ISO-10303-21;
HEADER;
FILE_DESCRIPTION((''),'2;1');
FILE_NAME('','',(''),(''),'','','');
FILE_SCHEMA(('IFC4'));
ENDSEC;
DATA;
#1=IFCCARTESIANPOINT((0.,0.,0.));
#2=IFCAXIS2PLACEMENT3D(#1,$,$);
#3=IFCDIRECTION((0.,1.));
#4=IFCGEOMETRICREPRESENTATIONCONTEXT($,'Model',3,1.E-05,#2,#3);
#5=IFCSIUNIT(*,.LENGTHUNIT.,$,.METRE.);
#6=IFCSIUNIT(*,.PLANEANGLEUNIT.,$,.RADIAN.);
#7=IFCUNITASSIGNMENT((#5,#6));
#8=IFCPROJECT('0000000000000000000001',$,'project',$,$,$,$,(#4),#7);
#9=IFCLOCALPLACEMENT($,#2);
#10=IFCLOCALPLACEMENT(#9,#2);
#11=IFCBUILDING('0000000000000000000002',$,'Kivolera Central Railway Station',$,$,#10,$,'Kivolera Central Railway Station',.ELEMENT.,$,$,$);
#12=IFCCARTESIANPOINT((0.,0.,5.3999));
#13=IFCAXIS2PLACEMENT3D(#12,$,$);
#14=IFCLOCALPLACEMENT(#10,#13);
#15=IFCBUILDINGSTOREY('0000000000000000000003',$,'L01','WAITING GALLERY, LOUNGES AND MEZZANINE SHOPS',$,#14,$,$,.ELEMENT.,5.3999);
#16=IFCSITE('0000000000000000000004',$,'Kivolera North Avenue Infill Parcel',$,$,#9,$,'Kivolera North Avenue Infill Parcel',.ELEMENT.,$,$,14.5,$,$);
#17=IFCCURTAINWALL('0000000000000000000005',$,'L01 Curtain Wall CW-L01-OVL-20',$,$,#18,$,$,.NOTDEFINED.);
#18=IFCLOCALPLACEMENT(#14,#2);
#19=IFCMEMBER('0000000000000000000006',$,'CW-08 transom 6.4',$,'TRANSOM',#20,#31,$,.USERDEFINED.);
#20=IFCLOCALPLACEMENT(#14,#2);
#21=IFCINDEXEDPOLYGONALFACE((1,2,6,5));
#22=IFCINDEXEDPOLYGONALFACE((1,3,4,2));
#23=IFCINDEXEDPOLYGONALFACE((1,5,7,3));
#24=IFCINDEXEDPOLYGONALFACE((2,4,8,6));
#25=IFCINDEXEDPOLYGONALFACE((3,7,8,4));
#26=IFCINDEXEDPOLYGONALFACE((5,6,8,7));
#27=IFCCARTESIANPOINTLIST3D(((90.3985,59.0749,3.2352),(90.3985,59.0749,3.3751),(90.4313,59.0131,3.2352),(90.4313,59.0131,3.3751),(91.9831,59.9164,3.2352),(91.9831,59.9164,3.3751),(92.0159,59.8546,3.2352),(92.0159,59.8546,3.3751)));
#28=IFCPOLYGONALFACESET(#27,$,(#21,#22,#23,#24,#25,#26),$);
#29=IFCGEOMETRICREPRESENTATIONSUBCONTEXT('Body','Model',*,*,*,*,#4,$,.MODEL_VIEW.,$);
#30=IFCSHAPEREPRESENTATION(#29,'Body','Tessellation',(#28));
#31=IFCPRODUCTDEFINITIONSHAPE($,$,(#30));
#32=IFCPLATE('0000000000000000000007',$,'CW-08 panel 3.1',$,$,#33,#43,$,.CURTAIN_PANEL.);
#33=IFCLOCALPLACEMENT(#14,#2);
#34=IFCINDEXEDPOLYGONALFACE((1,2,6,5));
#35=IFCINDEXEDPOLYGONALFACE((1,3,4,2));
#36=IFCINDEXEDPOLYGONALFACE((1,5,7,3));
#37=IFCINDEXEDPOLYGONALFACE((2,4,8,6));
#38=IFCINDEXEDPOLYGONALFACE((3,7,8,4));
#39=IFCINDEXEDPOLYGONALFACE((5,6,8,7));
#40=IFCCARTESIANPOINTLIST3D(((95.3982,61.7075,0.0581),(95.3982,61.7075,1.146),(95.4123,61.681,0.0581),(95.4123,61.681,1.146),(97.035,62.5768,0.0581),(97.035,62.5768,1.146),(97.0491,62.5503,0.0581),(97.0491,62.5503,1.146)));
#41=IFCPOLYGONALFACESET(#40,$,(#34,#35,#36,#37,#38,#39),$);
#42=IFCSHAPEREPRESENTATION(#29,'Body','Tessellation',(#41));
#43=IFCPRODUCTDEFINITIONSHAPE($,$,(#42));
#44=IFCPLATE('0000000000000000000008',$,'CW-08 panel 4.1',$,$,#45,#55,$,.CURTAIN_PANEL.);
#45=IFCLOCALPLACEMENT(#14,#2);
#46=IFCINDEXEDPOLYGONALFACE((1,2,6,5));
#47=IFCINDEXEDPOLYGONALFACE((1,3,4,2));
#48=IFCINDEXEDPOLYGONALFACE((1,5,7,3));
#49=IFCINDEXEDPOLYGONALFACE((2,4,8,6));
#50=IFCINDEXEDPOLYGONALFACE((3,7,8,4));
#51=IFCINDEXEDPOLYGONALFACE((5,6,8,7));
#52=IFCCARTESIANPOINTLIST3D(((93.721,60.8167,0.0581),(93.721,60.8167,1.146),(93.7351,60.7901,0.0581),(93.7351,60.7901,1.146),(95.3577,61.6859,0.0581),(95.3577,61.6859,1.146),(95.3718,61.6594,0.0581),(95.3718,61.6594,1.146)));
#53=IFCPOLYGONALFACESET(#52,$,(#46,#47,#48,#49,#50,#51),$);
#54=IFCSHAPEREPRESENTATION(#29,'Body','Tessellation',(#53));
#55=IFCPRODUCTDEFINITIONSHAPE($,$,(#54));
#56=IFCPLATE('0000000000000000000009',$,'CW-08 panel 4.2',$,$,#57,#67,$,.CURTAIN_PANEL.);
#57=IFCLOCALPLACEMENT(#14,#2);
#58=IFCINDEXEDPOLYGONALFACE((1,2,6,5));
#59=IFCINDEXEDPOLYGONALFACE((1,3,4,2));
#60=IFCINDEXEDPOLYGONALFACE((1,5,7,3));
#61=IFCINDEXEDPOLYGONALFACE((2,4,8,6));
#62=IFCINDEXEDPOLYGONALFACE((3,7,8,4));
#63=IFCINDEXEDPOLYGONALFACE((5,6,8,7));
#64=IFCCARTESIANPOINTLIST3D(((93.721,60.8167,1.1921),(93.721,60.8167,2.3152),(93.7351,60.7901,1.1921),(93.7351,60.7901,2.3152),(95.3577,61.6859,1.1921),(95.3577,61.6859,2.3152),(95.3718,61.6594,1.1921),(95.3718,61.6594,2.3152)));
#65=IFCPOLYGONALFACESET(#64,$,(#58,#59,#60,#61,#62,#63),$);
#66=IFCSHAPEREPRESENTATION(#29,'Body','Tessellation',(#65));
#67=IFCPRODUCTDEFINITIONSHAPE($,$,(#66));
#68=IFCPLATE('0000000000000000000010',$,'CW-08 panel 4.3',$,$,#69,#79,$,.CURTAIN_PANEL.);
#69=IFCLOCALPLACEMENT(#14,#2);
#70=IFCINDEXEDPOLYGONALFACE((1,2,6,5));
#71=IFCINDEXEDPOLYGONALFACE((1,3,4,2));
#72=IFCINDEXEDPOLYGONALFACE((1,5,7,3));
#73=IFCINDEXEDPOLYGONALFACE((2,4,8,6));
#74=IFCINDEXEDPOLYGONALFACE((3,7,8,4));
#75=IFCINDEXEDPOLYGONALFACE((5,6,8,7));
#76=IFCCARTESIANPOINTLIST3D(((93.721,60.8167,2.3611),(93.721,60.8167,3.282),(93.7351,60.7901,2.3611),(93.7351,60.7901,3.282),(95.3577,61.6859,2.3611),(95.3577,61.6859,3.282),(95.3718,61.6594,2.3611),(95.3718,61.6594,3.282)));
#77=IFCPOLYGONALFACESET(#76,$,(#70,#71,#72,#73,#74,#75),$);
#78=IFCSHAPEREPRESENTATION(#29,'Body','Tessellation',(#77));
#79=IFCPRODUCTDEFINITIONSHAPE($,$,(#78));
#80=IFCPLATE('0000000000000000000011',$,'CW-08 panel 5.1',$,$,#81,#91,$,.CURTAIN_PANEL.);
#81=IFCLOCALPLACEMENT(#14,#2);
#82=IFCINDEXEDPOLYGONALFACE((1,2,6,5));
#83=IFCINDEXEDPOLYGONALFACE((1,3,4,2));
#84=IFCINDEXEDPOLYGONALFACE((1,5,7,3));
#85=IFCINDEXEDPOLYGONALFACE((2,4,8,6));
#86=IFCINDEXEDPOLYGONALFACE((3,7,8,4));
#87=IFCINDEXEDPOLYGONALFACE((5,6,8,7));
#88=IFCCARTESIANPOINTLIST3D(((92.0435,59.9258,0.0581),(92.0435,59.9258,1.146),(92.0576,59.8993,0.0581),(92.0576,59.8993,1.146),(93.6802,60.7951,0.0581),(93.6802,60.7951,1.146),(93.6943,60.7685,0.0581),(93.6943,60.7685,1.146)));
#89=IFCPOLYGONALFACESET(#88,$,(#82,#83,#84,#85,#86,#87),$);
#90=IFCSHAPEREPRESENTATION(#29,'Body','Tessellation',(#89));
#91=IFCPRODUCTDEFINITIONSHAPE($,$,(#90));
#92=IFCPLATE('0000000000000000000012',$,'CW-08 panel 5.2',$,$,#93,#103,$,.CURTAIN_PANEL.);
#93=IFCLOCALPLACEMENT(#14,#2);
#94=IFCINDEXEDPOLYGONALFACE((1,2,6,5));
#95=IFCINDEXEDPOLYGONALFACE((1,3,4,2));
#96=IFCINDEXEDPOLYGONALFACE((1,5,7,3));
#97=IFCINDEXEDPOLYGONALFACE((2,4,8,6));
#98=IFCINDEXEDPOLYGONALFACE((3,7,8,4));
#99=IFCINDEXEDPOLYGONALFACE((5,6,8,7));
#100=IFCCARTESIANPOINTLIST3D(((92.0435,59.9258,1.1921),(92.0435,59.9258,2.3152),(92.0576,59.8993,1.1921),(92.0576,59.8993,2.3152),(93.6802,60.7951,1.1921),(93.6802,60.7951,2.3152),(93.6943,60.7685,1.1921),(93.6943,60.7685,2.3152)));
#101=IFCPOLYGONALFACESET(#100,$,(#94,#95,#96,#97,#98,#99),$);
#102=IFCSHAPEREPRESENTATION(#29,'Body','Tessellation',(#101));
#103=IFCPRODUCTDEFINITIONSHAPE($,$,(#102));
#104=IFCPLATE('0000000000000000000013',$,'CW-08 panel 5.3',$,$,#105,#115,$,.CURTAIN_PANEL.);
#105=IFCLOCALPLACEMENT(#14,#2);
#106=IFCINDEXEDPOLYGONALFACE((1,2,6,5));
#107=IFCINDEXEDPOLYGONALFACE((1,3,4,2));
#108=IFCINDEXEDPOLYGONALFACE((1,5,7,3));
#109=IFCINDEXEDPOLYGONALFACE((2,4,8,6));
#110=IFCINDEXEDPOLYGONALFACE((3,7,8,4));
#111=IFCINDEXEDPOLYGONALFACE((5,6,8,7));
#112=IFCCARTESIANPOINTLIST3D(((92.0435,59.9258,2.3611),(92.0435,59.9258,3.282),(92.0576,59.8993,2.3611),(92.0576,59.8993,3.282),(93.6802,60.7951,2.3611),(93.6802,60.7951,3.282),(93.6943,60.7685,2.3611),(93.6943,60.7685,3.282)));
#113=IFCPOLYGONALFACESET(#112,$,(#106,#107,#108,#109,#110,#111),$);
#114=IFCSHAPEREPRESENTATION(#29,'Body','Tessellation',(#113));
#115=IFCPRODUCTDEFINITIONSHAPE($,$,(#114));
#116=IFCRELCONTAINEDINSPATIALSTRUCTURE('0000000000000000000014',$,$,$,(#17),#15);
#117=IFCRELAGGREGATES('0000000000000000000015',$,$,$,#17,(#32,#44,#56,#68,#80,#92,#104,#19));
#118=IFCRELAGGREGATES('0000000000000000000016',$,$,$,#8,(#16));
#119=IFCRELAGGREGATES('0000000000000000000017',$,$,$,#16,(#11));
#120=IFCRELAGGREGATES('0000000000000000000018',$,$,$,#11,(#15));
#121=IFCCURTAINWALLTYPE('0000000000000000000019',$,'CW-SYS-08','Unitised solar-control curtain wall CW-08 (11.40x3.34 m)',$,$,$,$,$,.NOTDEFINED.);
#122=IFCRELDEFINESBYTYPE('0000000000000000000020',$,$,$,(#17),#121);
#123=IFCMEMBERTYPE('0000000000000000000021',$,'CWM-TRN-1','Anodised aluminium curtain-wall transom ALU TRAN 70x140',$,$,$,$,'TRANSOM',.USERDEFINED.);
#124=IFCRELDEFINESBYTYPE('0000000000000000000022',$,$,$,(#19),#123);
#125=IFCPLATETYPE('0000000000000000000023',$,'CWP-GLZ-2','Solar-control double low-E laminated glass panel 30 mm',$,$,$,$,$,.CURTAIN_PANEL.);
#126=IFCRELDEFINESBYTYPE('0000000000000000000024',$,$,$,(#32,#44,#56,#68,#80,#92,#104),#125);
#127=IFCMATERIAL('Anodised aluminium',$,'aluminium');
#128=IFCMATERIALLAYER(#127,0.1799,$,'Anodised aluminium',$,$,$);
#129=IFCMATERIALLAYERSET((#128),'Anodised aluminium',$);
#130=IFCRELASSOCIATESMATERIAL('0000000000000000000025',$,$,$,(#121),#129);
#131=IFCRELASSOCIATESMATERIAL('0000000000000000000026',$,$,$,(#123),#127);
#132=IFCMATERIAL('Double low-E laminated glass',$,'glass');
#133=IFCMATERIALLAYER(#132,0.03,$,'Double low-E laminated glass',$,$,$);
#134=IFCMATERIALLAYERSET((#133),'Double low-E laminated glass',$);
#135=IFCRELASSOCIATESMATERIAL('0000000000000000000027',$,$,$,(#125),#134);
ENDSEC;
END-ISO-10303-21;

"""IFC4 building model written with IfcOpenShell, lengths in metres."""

from ifc_helpers import new_model, si_unit, direction, frame, origin, origin_2d, place, context, subcontext, project, spatial, rectangle, extrude, material, layer, layer_set, material_profile, profile_set, type_object, element, aggregate, save


model = new_model("IFC4")

# Units and contexts
model_context = context("Model", 3, precision=1e-05, world=origin(), true_north=direction((0.0, 1.0)))
body_context = subcontext(model_context, "Body", "Model", "MODEL_VIEW")
ifc_project = project(units=[si_unit("LENGTHUNIT", "METRE"), si_unit("PLANEANGLEUNIT", "RADIAN")], contexts=[model_context])

# Site, building, storey
site_placement = place(None, origin())
site = spatial("IfcSite", under=ifc_project, at=site_placement, Name="Kivolera North Avenue Infill Parcel", LongName="Kivolera North Avenue Infill Parcel", CompositionType="ELEMENT", RefElevation=14.5)
building_placement = place(site_placement, origin())
building = spatial("IfcBuilding", under=site, at=building_placement, Name="Kivolera Central Railway Station", LongName="Kivolera Central Railway Station", CompositionType="ELEMENT")
storey_placement = place(building_placement, frame((0.0, 0.0, 5.3999)))
storey = spatial("IfcBuildingStorey", under=building, at=storey_placement, Name="L01", Description="WAITING GALLERY, LOUNGES AND MEZZANINE SHOPS", CompositionType="ELEMENT", Elevation=5.3999)

# Curtain wall, member, plates
ifc_material_1 = material(Name="Anodised aluminium", Category="aluminium")
ifc_layer_1 = layer(ifc_material_1, 0.1799, Name="Anodised aluminium")
ifc_layer_set_1 = layer_set([ifc_layer_1], Name="Anodised aluminium")
curtain_wall_type = type_object("IfcCurtainWallType", Name="CW-SYS-08", Description="Unitised solar-control curtain wall CW-08 (11.40x3.34 m)", PredefinedType="NOTDEFINED", material=ifc_layer_set_1)
curtain_wall_placement = place(storey_placement, origin())
curtain_wall = element("IfcCurtainWall", 1, at=curtain_wall_placement, inside=storey, type_object=curtain_wall_type, Name="L01 Curtain Wall CW-L01-OVL-20", PredefinedType="NOTDEFINED")
ifc_material_profile_1 = material_profile(ifc_material_1, rectangle(XDim=0.0701, YDim=0.1399, at=origin_2d()), Name="ALU TRAN 70x140")
ifc_profile_set_1 = profile_set([ifc_material_profile_1], Name="Anodised aluminium")
member_type_1 = type_object("IfcMemberType", Name="CWM-TRN-1", Description="Anodised aluminium curtain-wall transom ALU TRAN 70x140", ElementType="TRANSOM", PredefinedType="USERDEFINED", material=ifc_profile_set_1)
member_1_placement = place(storey_placement, frame((91.9995, 59.8855, 3.3052), z_axis=(-0.883191, -0.469013, 0.0), x_axis=(0.469013, -0.883191, 0.0)))
member_1 = element("IfcMember", 2, at=member_1_placement, type_object=member_type_1, Name="CW-08 transom 6.4", ObjectType="TRANSOM", PredefinedType="USERDEFINED", context=body_context, shape_type="SweptSolid", body=[
    extrude(rectangle(XDim=0.0701, YDim=0.1399, at=origin_2d()), origin(), (0.0, 0.0, 1.0), 1.7942),
])
ifc_material_2 = material(Name="Double low-E laminated glass", Category="glass")
ifc_layer_2 = layer(ifc_material_2, 0.03, Name="Double low-E laminated glass")
ifc_layer_set_2 = layer_set([ifc_layer_2], Name="Double low-E laminated glass")
plate_type = type_object("IfcPlateType", Name="CWP-GLZ-2", Description="Solar-control double low-E laminated glass panel 30 mm", PredefinedType="CURTAIN_PANEL", material=ifc_layer_set_2)
plate_1_placement = place(storey_placement, frame((96.2236, 62.1289, 0.0581), z_axis=(0.0, 0.0, 1.0), x_axis=(-0.88317, -0.469053, 0.0)))
plate_1 = element("IfcPlate", 3, at=plate_1_placement, type_object=plate_type, Name="CW-08 panel 3.1", PredefinedType="CURTAIN_PANEL", context=body_context, shape_type="SweptSolid", body=[
    extrude(rectangle(XDim=1.8533, YDim=0.03, at=origin_2d()), origin(), (0.0, 0.0, 1.0), 1.0879),
])
plate_2_placement = place(storey_placement, frame((94.5464, 61.238, 0.0581), z_axis=(0.0, 0.0, 1.0), x_axis=(-0.88317, -0.469053, 0.0)))
plate_2 = element("IfcPlate", 4, at=plate_2_placement, type_object=plate_type, Name="CW-08 panel 4.1", PredefinedType="CURTAIN_PANEL", context=body_context, shape_type="SweptSolid", body=[
    extrude(rectangle(XDim=1.8533, YDim=0.03, at=origin_2d()), origin(), (0.0, 0.0, 1.0), 1.0879),
])
plate_3_placement = place(storey_placement, frame((94.5464, 61.238, 1.1921), z_axis=(0.0, 0.0, 1.0), x_axis=(-0.88317, -0.469053, 0.0)))
plate_3 = element("IfcPlate", 5, at=plate_3_placement, type_object=plate_type, Name="CW-08 panel 4.2", PredefinedType="CURTAIN_PANEL", context=body_context, shape_type="SweptSolid", body=[
    extrude(rectangle(XDim=1.8533, YDim=0.03, at=origin_2d()), origin(), (0.0, 0.0, 1.0), 1.123),
])
plate_4_placement = place(storey_placement, frame((94.5464, 61.238, 2.3611), z_axis=(0.0, 0.0, 1.0), x_axis=(-0.88317, -0.469053, 0.0)))
plate_4 = element("IfcPlate", 6, at=plate_4_placement, type_object=plate_type, Name="CW-08 panel 4.3", PredefinedType="CURTAIN_PANEL", context=body_context, shape_type="SweptSolid", body=[
    extrude(rectangle(XDim=1.8533, YDim=0.03, at=origin_2d()), origin(), (0.0, 0.0, 1.0), 0.9209),
])
plate_5_placement = place(storey_placement, frame((92.8689, 60.3472, 0.0581), z_axis=(0.0, 0.0, 1.0), x_axis=(-0.88317, -0.469053, 0.0)))
plate_5 = element("IfcPlate", 7, at=plate_5_placement, type_object=plate_type, Name="CW-08 panel 5.1", PredefinedType="CURTAIN_PANEL", context=body_context, shape_type="SweptSolid", body=[
    extrude(rectangle(XDim=1.8533, YDim=0.03, at=origin_2d()), origin(), (0.0, 0.0, 1.0), 1.0879),
])
plate_6_placement = place(storey_placement, frame((92.8689, 60.3472, 1.1921), z_axis=(0.0, 0.0, 1.0), x_axis=(-0.88317, -0.469053, 0.0)))
plate_6 = element("IfcPlate", 8, at=plate_6_placement, type_object=plate_type, Name="CW-08 panel 5.2", PredefinedType="CURTAIN_PANEL", context=body_context, shape_type="SweptSolid", body=[
    extrude(rectangle(XDim=1.8533, YDim=0.03, at=origin_2d()), origin(), (0.0, 0.0, 1.0), 1.123),
])
plate_7_placement = place(storey_placement, frame((92.8689, 60.3472, 2.3611), z_axis=(0.0, 0.0, 1.0), x_axis=(-0.88317, -0.469053, 0.0)))
plate_7 = element("IfcPlate", 9, at=plate_7_placement, type_object=plate_type, Name="CW-08 panel 5.3", PredefinedType="CURTAIN_PANEL", context=body_context, shape_type="SweptSolid", body=[
    extrude(rectangle(XDim=1.8533, YDim=0.03, at=origin_2d()), origin(), (0.0, 0.0, 1.0), 0.9209),
])
aggregate(curtain_wall, [plate_1, plate_2, plate_3, plate_4, plate_5, plate_6, plate_7, member_1])

save(model, "model.ifc")
